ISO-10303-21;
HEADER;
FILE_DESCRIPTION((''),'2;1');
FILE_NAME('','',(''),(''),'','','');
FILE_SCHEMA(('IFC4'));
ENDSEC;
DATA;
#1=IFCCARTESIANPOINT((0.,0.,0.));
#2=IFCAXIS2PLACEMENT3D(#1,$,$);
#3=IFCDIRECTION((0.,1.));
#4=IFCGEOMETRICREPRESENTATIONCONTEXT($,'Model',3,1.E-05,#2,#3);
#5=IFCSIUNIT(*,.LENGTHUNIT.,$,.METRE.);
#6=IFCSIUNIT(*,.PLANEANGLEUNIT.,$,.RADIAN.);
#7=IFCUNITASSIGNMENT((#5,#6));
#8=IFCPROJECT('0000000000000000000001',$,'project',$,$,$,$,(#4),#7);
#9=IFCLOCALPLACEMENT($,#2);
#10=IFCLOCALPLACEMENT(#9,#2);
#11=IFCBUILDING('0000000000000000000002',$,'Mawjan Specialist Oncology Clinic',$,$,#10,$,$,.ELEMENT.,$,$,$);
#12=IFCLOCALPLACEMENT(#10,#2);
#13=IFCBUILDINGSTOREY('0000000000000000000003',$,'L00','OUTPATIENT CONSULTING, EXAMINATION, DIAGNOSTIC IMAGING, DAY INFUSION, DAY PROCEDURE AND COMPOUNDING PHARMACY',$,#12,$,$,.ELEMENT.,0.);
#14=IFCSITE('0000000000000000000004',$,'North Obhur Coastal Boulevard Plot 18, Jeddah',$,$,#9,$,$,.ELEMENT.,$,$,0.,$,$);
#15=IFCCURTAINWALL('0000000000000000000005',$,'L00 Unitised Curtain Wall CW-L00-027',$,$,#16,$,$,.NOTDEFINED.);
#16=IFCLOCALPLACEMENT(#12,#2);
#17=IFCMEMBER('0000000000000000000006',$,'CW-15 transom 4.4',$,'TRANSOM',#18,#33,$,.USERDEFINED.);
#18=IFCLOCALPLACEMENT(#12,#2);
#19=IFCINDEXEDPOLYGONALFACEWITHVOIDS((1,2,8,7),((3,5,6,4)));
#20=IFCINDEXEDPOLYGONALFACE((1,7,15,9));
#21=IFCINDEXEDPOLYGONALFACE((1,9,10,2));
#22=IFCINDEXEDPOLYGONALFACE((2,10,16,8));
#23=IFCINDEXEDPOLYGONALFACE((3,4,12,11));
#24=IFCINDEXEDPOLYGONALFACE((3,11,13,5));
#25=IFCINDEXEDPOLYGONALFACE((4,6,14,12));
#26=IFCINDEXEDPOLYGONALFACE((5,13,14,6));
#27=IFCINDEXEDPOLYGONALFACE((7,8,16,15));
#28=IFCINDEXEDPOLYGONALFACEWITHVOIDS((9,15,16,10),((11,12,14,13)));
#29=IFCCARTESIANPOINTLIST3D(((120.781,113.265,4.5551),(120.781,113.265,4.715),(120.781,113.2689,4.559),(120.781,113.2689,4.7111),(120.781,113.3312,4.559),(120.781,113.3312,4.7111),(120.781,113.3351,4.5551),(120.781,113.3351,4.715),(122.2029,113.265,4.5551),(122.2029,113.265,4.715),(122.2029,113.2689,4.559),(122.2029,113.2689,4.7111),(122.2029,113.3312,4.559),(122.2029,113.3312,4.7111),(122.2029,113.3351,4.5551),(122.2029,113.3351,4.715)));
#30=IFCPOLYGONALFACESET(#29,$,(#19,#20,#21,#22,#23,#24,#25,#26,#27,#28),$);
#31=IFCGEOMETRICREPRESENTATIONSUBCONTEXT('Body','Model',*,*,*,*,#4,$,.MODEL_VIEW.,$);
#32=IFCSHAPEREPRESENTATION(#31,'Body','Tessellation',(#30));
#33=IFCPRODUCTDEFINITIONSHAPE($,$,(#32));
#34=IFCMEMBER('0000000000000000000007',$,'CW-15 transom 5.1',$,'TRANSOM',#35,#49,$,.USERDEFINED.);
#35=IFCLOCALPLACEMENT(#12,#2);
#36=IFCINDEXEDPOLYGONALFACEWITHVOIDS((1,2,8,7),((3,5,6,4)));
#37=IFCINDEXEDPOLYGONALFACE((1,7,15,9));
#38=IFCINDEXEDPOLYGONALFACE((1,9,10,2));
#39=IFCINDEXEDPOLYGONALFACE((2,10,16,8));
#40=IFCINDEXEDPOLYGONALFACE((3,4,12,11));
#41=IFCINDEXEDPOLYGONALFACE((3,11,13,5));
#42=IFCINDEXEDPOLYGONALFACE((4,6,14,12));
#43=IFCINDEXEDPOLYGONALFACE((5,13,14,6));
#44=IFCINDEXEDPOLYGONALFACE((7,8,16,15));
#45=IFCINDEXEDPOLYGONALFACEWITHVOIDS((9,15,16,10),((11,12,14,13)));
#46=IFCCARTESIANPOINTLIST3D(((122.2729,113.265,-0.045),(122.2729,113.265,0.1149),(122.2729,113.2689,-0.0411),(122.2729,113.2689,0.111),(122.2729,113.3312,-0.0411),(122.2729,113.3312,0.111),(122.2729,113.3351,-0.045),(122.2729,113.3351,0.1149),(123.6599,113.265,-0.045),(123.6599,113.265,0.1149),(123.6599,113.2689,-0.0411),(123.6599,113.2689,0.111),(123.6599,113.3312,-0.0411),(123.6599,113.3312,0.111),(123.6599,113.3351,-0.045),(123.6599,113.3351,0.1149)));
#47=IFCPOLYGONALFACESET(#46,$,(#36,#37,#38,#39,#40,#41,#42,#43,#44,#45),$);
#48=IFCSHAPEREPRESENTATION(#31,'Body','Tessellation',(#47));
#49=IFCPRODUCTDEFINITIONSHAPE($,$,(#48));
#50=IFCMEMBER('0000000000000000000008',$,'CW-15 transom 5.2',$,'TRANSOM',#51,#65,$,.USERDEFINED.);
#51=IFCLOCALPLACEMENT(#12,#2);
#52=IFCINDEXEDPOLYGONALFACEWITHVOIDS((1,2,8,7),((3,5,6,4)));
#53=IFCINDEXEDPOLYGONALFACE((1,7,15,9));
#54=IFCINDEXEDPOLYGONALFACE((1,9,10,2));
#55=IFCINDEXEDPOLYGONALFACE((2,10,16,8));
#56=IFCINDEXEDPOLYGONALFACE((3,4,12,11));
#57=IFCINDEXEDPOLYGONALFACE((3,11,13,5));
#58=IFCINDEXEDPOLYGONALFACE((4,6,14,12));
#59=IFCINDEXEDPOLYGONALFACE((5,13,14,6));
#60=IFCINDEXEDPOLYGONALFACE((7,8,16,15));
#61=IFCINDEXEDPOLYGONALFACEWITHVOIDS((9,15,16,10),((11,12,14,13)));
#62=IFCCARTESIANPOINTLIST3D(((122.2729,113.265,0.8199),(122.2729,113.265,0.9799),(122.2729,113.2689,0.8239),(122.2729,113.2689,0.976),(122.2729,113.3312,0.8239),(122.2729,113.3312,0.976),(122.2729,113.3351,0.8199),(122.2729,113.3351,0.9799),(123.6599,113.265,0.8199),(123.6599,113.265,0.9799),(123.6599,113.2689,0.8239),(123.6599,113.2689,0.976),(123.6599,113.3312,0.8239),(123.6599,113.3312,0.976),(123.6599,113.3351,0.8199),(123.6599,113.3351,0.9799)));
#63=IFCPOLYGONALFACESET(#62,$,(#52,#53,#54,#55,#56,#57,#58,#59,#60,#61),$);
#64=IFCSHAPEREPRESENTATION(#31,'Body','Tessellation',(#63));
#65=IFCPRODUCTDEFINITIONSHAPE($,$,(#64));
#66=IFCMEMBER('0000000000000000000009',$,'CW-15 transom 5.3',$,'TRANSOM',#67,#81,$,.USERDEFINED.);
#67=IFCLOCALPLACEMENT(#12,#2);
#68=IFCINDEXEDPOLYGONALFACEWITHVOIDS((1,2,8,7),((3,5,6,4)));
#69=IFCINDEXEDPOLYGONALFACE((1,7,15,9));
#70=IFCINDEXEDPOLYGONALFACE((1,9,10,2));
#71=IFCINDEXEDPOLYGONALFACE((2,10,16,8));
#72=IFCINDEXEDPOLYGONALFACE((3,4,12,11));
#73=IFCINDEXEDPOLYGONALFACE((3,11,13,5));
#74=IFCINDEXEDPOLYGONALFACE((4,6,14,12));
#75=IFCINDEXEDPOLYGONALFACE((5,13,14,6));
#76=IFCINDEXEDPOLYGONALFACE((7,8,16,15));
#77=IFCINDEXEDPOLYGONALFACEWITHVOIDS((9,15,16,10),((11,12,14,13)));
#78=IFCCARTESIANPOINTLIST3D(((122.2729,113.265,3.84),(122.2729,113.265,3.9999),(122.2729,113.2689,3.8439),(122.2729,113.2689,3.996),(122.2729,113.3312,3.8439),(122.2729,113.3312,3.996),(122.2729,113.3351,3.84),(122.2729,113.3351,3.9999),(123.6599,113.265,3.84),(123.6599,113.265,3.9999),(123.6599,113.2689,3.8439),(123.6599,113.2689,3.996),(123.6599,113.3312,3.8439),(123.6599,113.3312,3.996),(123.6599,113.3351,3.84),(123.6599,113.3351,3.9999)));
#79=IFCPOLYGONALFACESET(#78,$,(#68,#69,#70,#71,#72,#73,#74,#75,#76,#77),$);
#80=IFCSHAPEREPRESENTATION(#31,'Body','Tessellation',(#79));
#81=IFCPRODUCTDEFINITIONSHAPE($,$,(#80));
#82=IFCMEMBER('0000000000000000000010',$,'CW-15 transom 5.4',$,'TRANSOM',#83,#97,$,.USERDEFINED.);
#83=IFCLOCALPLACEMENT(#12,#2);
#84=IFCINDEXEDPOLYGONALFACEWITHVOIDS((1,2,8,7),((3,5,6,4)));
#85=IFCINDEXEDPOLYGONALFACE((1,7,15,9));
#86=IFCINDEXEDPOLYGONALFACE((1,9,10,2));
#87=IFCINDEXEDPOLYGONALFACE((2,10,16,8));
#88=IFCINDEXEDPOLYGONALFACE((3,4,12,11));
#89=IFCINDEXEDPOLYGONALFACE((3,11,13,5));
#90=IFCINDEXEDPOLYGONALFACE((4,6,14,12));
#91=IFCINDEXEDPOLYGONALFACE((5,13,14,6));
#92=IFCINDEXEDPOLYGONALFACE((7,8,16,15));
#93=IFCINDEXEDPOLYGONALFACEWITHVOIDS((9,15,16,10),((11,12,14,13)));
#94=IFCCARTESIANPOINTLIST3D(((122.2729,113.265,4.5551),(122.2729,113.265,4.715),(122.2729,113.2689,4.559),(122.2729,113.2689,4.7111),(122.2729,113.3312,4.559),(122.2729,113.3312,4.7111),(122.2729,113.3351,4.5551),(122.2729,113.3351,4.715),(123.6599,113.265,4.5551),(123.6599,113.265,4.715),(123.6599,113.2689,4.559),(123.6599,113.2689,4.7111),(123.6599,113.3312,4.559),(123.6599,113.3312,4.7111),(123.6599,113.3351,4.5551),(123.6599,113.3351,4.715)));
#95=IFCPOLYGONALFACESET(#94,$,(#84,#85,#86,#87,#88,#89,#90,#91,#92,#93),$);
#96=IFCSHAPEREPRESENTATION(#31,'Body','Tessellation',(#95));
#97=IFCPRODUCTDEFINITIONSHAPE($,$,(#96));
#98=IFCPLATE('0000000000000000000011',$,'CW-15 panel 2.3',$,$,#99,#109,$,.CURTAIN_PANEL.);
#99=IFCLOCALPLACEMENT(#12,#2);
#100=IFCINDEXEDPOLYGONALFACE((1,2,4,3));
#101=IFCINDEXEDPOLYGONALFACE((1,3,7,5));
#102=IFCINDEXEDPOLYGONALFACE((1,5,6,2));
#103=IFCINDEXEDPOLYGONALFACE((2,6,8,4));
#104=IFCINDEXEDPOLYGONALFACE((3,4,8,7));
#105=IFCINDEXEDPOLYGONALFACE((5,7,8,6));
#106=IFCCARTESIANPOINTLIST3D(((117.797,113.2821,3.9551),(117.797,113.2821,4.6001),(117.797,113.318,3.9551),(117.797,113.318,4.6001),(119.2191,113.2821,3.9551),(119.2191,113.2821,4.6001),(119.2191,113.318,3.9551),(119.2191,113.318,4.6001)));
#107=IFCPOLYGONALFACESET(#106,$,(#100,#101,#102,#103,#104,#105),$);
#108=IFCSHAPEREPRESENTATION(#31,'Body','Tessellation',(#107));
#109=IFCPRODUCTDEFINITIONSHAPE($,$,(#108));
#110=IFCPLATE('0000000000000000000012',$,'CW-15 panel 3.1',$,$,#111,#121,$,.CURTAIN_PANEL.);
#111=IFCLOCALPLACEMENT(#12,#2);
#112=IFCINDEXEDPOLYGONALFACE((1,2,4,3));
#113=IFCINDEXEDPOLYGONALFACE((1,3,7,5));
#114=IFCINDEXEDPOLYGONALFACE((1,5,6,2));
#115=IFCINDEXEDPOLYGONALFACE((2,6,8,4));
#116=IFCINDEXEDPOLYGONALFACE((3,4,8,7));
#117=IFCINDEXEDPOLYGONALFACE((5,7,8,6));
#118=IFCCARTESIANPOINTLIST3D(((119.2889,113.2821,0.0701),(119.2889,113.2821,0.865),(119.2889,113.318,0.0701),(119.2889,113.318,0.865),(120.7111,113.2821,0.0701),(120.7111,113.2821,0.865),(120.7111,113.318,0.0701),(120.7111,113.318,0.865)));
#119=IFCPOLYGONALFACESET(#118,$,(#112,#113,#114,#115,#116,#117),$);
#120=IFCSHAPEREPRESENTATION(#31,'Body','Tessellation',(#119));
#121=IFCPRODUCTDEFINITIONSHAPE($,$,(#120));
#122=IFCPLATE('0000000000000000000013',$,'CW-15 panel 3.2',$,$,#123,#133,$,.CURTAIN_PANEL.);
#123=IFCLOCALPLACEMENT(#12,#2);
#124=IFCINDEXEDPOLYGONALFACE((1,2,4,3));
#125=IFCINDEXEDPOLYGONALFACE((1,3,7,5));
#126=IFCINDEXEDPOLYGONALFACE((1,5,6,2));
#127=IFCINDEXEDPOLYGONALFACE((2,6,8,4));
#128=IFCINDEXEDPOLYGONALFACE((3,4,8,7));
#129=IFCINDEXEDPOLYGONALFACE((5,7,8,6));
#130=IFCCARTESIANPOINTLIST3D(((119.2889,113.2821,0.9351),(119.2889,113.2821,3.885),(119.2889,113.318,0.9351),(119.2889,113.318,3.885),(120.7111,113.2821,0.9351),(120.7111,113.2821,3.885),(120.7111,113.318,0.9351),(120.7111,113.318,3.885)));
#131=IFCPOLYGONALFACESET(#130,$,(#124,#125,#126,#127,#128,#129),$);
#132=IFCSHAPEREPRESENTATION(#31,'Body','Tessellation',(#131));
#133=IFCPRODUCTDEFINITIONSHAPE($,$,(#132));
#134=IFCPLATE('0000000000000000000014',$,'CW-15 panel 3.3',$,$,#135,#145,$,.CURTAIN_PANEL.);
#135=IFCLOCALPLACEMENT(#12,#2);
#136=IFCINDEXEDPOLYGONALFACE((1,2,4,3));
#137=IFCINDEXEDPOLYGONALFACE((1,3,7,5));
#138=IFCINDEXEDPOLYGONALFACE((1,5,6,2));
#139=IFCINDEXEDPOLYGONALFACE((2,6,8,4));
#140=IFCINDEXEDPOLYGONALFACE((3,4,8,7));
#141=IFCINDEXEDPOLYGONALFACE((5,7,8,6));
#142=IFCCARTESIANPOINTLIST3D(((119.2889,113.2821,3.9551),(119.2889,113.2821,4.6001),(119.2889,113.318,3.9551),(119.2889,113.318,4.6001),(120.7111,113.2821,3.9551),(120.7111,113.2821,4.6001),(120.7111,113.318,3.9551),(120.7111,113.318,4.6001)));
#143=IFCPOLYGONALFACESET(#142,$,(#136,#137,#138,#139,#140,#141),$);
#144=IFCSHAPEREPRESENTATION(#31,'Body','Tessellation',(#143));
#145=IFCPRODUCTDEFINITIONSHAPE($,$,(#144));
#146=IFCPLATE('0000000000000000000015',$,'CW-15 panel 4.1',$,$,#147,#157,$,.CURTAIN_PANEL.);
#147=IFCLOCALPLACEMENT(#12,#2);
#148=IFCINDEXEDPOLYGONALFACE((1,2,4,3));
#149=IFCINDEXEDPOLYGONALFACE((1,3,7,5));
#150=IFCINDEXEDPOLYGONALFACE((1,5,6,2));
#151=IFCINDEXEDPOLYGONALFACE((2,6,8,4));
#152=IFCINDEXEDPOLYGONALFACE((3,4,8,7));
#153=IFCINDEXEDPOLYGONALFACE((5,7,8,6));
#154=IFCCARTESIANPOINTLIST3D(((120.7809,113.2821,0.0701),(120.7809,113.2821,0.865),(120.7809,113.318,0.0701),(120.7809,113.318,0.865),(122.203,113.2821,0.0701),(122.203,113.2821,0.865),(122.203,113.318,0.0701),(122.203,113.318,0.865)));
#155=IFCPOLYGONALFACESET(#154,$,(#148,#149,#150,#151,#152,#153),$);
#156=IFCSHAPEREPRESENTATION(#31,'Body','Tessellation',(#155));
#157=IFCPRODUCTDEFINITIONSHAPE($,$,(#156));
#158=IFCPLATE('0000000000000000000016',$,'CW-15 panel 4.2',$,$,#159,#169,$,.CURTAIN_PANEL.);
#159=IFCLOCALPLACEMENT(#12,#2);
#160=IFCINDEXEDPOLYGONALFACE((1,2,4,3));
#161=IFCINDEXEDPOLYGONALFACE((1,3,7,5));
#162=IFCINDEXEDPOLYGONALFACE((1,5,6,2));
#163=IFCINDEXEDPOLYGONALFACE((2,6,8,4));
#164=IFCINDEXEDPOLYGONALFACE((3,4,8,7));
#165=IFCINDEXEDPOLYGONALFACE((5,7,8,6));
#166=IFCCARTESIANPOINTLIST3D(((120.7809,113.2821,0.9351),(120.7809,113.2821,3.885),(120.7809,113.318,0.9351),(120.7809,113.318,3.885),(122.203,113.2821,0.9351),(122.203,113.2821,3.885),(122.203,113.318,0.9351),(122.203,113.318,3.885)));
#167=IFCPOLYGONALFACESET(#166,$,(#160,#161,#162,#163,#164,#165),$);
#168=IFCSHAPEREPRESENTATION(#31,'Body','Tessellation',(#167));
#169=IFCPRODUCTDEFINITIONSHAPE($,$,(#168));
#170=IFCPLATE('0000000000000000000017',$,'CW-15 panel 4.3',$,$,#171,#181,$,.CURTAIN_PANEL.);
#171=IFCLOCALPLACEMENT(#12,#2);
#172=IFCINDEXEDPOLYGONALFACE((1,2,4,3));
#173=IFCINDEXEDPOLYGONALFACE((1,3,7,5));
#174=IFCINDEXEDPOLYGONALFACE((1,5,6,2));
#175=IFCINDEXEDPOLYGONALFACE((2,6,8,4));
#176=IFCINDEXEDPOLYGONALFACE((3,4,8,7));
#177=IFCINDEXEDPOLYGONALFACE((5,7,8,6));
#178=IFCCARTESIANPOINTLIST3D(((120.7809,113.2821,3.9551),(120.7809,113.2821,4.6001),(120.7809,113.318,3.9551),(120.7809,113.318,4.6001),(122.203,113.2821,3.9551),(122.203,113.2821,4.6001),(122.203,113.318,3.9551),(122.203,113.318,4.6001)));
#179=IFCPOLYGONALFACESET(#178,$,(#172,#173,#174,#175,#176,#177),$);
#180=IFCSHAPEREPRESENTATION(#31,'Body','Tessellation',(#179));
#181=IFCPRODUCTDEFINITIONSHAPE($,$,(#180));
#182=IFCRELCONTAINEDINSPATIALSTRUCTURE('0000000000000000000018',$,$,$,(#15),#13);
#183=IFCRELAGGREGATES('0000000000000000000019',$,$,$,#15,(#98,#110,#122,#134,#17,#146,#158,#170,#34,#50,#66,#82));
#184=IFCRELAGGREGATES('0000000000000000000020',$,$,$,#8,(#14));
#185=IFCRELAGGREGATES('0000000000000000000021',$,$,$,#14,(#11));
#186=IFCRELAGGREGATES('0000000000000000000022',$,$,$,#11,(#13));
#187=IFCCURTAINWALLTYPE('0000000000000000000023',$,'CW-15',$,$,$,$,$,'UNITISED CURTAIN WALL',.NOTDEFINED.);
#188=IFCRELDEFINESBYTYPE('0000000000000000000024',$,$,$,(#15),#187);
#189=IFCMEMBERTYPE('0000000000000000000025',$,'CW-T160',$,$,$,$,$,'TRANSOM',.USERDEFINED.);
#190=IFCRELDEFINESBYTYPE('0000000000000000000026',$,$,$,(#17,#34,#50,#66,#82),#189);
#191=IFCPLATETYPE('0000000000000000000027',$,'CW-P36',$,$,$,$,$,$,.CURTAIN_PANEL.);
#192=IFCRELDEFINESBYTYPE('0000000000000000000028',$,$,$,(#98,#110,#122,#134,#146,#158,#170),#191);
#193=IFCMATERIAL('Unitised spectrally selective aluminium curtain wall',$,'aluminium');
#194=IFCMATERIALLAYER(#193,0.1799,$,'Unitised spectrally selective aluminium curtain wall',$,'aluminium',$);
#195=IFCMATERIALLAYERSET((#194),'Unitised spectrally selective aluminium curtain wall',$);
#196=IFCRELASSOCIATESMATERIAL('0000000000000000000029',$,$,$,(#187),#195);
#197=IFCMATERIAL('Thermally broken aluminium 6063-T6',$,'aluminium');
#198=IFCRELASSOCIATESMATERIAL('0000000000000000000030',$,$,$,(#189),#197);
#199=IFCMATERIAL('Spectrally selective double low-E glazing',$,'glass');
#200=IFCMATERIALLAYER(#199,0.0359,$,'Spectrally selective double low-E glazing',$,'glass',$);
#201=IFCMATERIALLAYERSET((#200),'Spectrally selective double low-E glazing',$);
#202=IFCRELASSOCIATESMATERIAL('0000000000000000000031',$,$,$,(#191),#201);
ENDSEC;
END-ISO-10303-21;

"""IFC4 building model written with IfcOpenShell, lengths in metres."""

from ifc_helpers import new_model, si_unit, direction, frame, origin, origin_2d, place, context, subcontext, project, spatial, rectangle, hollow_rectangle, extrude, material, layer, layer_set, material_profile, profile_set, type_object, element, aggregate, save


model = new_model("IFC4")

# Units and contexts
model_context = context("Model", 3, precision=1e-05, world=origin(), true_north=direction((0.0, 1.0)))
body_context = subcontext(model_context, "Body", "Model", "MODEL_VIEW")
ifc_project = project(units=[si_unit("LENGTHUNIT", "METRE"), si_unit("PLANEANGLEUNIT", "RADIAN")], contexts=[model_context])

# Site, building, storey
site_placement = place(None, origin())
site = spatial("IfcSite", under=ifc_project, at=site_placement, Name="North Obhur Coastal Boulevard Plot 18, Jeddah", CompositionType="ELEMENT", RefElevation=0.0)
building_placement = place(site_placement, origin())
building = spatial("IfcBuilding", under=site, at=building_placement, Name="Mawjan Specialist Oncology Clinic", CompositionType="ELEMENT")
storey_placement = place(building_placement, origin())
storey = spatial("IfcBuildingStorey", under=building, at=storey_placement, Name="L00", Description="OUTPATIENT CONSULTING, EXAMINATION, DIAGNOSTIC IMAGING, DAY INFUSION, DAY PROCEDURE AND COMPOUNDING PHARMACY", CompositionType="ELEMENT", Elevation=0.0)

# Curtain wall, members, plates
ifc_material_1 = material(Name="Unitised spectrally selective aluminium curtain wall", Category="aluminium")
ifc_layer_1 = layer(ifc_material_1, 0.1799, Name="Unitised spectrally selective aluminium curtain wall", Category="aluminium")
ifc_layer_set_1 = layer_set([ifc_layer_1], Name="Unitised spectrally selective aluminium curtain wall")
curtain_wall_type = type_object("IfcCurtainWallType", Name="CW-15", ElementType="UNITISED CURTAIN WALL", PredefinedType="NOTDEFINED", material=ifc_layer_set_1)
curtain_wall_placement = place(storey_placement, origin())
curtain_wall = element("IfcCurtainWall", 1, at=curtain_wall_placement, inside=storey, type_object=curtain_wall_type, Name="L00 Unitised Curtain Wall CW-L00-027", PredefinedType="NOTDEFINED")
ifc_material_2 = material(Name="Thermally broken aluminium 6063-T6", Category="aluminium")
ifc_material_profile_1 = material_profile(ifc_material_2, hollow_rectangle(XDim=0.0701, YDim=0.1599, WallThickness=0.0039, at=origin_2d()), Name="ALU TRANSOM 160x70x4", Category="aluminium")
ifc_profile_set_1 = profile_set([ifc_material_profile_1], Name="Thermally broken aluminium 6063-T6")
member_type_1 = type_object("IfcMemberType", Name="CW-T160", ElementType="TRANSOM", PredefinedType="USERDEFINED", material=ifc_profile_set_1)
member_1_placement = place(storey_placement, frame((120.781, 113.3, 4.635), z_axis=(1.0, 0.0, 0.0), x_axis=(0.0, 1.0, 0.0)))
member_1 = element("IfcMember", 2, at=member_1_placement, type_object=member_type_1, Name="CW-15 transom 4.4", ObjectType="TRANSOM", PredefinedType="USERDEFINED", context=body_context, shape_type="SweptSolid", body=[
    extrude(hollow_rectangle(XDim=0.0701, YDim=0.1599, WallThickness=0.0039, at=origin_2d()), origin(), (0.0, 0.0, 1.0), 1.4219),
])
member_2_placement = place(storey_placement, frame((122.2729, 113.3, 0.0349), z_axis=(1.0, 0.0, 0.0), x_axis=(0.0, 1.0, 0.0)))
member_2 = element("IfcMember", 3, at=member_2_placement, type_object=member_type_1, Name="CW-15 transom 5.1", ObjectType="TRANSOM", PredefinedType="USERDEFINED", context=body_context, shape_type="SweptSolid", body=[
    extrude(hollow_rectangle(XDim=0.0701, YDim=0.1599, WallThickness=0.0039, at=origin_2d()), origin(), (0.0, 0.0, 1.0), 1.387),
])
member_3_placement = place(storey_placement, frame((122.2729, 113.3, 0.8999), z_axis=(1.0, 0.0, 0.0), x_axis=(0.0, 1.0, 0.0)))
member_3 = element("IfcMember", 4, at=member_3_placement, type_object=member_type_1, Name="CW-15 transom 5.2", ObjectType="TRANSOM", PredefinedType="USERDEFINED", context=body_context, shape_type="SweptSolid", body=[
    extrude(hollow_rectangle(XDim=0.0701, YDim=0.1599, WallThickness=0.0039, at=origin_2d()), origin(), (0.0, 0.0, 1.0), 1.387),
])
member_4_placement = place(storey_placement, frame((122.2729, 113.3, 3.9199), z_axis=(1.0, 0.0, 0.0), x_axis=(0.0, 1.0, 0.0)))
member_4 = element("IfcMember", 5, at=member_4_placement, type_object=member_type_1, Name="CW-15 transom 5.3", ObjectType="TRANSOM", PredefinedType="USERDEFINED", context=body_context, shape_type="SweptSolid", body=[
    extrude(hollow_rectangle(XDim=0.0701, YDim=0.1599, WallThickness=0.0039, at=origin_2d()), origin(), (0.0, 0.0, 1.0), 1.387),
])
member_5_placement = place(storey_placement, frame((122.2729, 113.3, 4.635), z_axis=(1.0, 0.0, 0.0), x_axis=(0.0, 1.0, 0.0)))
member_5 = element("IfcMember", 6, at=member_5_placement, type_object=member_type_1, Name="CW-15 transom 5.4", ObjectType="TRANSOM", PredefinedType="USERDEFINED", context=body_context, shape_type="SweptSolid", body=[
    extrude(hollow_rectangle(XDim=0.0701, YDim=0.1599, WallThickness=0.0039, at=origin_2d()), origin(), (0.0, 0.0, 1.0), 1.387),
])
ifc_material_3 = material(Name="Spectrally selective double low-E glazing", Category="glass")
ifc_layer_2 = layer(ifc_material_3, 0.0359, Name="Spectrally selective double low-E glazing", Category="glass")
ifc_layer_set_2 = layer_set([ifc_layer_2], Name="Spectrally selective double low-E glazing")
plate_type = type_object("IfcPlateType", Name="CW-P36", PredefinedType="CURTAIN_PANEL", material=ifc_layer_set_2)
plate_1_placement = place(storey_placement, frame((118.5081, 113.3, 3.9551), z_axis=(0.0, 0.0, 1.0), x_axis=(1.0, 0.0, 0.0)))
plate_1 = element("IfcPlate", 7, at=plate_1_placement, type_object=plate_type, Name="CW-15 panel 2.3", PredefinedType="CURTAIN_PANEL", context=body_context, shape_type="SweptSolid", body=[
    extrude(rectangle(XDim=1.4221, YDim=0.0359, at=origin_2d()), origin(), (0.0, 0.0, 1.0), 0.645),
])
plate_2_placement = place(storey_placement, frame((120.0, 113.3, 0.0701), z_axis=(0.0, 0.0, 1.0), x_axis=(1.0, 0.0, 0.0)))
plate_2 = element("IfcPlate", 8, at=plate_2_placement, type_object=plate_type, Name="CW-15 panel 3.1", PredefinedType="CURTAIN_PANEL", context=body_context, shape_type="SweptSolid", body=[
    extrude(rectangle(XDim=1.4221, YDim=0.0359, at=origin_2d()), origin(), (0.0, 0.0, 1.0), 0.7949),
])
plate_3_placement = place(storey_placement, frame((120.0, 113.3, 0.9351), z_axis=(0.0, 0.0, 1.0), x_axis=(1.0, 0.0, 0.0)))
plate_3 = element("IfcPlate", 9, at=plate_3_placement, type_object=plate_type, Name="CW-15 panel 3.2", PredefinedType="CURTAIN_PANEL", context=body_context, shape_type="SweptSolid", body=[
    extrude(rectangle(XDim=1.4221, YDim=0.0359, at=origin_2d()), origin(), (0.0, 0.0, 1.0), 2.95),
])
plate_4_placement = place(storey_placement, frame((120.0, 113.3, 3.9551), z_axis=(0.0, 0.0, 1.0), x_axis=(1.0, 0.0, 0.0)))
plate_4 = element("IfcPlate", 10, at=plate_4_placement, type_object=plate_type, Name="CW-15 panel 3.3", PredefinedType="CURTAIN_PANEL", context=body_context, shape_type="SweptSolid", body=[
    extrude(rectangle(XDim=1.4221, YDim=0.0359, at=origin_2d()), origin(), (0.0, 0.0, 1.0), 0.645),
])
plate_5_placement = place(storey_placement, frame((121.4919, 113.3, 0.0701), z_axis=(0.0, 0.0, 1.0), x_axis=(1.0, 0.0, 0.0)))
plate_5 = element("IfcPlate", 11, at=plate_5_placement, type_object=plate_type, Name="CW-15 panel 4.1", PredefinedType="CURTAIN_PANEL", context=body_context, shape_type="SweptSolid", body=[
    extrude(rectangle(XDim=1.4221, YDim=0.0359, at=origin_2d()), origin(), (0.0, 0.0, 1.0), 0.7949),
])
plate_6_placement = place(storey_placement, frame((121.4919, 113.3, 0.9351), z_axis=(0.0, 0.0, 1.0), x_axis=(1.0, 0.0, 0.0)))
plate_6 = element("IfcPlate", 12, at=plate_6_placement, type_object=plate_type, Name="CW-15 panel 4.2", PredefinedType="CURTAIN_PANEL", context=body_context, shape_type="SweptSolid", body=[
    extrude(rectangle(XDim=1.4221, YDim=0.0359, at=origin_2d()), origin(), (0.0, 0.0, 1.0), 2.95),
])
plate_7_placement = place(storey_placement, frame((121.4919, 113.3, 3.9551), z_axis=(0.0, 0.0, 1.0), x_axis=(1.0, 0.0, 0.0)))
plate_7 = element("IfcPlate", 13, at=plate_7_placement, type_object=plate_type, Name="CW-15 panel 4.3", PredefinedType="CURTAIN_PANEL", context=body_context, shape_type="SweptSolid", body=[
    extrude(rectangle(XDim=1.4221, YDim=0.0359, at=origin_2d()), origin(), (0.0, 0.0, 1.0), 0.645),
])
aggregate(curtain_wall, [plate_1, plate_2, plate_3, plate_4, member_1, plate_5, plate_6, plate_7, member_2, member_3, member_4, member_5])

save(model, "model.ifc")
